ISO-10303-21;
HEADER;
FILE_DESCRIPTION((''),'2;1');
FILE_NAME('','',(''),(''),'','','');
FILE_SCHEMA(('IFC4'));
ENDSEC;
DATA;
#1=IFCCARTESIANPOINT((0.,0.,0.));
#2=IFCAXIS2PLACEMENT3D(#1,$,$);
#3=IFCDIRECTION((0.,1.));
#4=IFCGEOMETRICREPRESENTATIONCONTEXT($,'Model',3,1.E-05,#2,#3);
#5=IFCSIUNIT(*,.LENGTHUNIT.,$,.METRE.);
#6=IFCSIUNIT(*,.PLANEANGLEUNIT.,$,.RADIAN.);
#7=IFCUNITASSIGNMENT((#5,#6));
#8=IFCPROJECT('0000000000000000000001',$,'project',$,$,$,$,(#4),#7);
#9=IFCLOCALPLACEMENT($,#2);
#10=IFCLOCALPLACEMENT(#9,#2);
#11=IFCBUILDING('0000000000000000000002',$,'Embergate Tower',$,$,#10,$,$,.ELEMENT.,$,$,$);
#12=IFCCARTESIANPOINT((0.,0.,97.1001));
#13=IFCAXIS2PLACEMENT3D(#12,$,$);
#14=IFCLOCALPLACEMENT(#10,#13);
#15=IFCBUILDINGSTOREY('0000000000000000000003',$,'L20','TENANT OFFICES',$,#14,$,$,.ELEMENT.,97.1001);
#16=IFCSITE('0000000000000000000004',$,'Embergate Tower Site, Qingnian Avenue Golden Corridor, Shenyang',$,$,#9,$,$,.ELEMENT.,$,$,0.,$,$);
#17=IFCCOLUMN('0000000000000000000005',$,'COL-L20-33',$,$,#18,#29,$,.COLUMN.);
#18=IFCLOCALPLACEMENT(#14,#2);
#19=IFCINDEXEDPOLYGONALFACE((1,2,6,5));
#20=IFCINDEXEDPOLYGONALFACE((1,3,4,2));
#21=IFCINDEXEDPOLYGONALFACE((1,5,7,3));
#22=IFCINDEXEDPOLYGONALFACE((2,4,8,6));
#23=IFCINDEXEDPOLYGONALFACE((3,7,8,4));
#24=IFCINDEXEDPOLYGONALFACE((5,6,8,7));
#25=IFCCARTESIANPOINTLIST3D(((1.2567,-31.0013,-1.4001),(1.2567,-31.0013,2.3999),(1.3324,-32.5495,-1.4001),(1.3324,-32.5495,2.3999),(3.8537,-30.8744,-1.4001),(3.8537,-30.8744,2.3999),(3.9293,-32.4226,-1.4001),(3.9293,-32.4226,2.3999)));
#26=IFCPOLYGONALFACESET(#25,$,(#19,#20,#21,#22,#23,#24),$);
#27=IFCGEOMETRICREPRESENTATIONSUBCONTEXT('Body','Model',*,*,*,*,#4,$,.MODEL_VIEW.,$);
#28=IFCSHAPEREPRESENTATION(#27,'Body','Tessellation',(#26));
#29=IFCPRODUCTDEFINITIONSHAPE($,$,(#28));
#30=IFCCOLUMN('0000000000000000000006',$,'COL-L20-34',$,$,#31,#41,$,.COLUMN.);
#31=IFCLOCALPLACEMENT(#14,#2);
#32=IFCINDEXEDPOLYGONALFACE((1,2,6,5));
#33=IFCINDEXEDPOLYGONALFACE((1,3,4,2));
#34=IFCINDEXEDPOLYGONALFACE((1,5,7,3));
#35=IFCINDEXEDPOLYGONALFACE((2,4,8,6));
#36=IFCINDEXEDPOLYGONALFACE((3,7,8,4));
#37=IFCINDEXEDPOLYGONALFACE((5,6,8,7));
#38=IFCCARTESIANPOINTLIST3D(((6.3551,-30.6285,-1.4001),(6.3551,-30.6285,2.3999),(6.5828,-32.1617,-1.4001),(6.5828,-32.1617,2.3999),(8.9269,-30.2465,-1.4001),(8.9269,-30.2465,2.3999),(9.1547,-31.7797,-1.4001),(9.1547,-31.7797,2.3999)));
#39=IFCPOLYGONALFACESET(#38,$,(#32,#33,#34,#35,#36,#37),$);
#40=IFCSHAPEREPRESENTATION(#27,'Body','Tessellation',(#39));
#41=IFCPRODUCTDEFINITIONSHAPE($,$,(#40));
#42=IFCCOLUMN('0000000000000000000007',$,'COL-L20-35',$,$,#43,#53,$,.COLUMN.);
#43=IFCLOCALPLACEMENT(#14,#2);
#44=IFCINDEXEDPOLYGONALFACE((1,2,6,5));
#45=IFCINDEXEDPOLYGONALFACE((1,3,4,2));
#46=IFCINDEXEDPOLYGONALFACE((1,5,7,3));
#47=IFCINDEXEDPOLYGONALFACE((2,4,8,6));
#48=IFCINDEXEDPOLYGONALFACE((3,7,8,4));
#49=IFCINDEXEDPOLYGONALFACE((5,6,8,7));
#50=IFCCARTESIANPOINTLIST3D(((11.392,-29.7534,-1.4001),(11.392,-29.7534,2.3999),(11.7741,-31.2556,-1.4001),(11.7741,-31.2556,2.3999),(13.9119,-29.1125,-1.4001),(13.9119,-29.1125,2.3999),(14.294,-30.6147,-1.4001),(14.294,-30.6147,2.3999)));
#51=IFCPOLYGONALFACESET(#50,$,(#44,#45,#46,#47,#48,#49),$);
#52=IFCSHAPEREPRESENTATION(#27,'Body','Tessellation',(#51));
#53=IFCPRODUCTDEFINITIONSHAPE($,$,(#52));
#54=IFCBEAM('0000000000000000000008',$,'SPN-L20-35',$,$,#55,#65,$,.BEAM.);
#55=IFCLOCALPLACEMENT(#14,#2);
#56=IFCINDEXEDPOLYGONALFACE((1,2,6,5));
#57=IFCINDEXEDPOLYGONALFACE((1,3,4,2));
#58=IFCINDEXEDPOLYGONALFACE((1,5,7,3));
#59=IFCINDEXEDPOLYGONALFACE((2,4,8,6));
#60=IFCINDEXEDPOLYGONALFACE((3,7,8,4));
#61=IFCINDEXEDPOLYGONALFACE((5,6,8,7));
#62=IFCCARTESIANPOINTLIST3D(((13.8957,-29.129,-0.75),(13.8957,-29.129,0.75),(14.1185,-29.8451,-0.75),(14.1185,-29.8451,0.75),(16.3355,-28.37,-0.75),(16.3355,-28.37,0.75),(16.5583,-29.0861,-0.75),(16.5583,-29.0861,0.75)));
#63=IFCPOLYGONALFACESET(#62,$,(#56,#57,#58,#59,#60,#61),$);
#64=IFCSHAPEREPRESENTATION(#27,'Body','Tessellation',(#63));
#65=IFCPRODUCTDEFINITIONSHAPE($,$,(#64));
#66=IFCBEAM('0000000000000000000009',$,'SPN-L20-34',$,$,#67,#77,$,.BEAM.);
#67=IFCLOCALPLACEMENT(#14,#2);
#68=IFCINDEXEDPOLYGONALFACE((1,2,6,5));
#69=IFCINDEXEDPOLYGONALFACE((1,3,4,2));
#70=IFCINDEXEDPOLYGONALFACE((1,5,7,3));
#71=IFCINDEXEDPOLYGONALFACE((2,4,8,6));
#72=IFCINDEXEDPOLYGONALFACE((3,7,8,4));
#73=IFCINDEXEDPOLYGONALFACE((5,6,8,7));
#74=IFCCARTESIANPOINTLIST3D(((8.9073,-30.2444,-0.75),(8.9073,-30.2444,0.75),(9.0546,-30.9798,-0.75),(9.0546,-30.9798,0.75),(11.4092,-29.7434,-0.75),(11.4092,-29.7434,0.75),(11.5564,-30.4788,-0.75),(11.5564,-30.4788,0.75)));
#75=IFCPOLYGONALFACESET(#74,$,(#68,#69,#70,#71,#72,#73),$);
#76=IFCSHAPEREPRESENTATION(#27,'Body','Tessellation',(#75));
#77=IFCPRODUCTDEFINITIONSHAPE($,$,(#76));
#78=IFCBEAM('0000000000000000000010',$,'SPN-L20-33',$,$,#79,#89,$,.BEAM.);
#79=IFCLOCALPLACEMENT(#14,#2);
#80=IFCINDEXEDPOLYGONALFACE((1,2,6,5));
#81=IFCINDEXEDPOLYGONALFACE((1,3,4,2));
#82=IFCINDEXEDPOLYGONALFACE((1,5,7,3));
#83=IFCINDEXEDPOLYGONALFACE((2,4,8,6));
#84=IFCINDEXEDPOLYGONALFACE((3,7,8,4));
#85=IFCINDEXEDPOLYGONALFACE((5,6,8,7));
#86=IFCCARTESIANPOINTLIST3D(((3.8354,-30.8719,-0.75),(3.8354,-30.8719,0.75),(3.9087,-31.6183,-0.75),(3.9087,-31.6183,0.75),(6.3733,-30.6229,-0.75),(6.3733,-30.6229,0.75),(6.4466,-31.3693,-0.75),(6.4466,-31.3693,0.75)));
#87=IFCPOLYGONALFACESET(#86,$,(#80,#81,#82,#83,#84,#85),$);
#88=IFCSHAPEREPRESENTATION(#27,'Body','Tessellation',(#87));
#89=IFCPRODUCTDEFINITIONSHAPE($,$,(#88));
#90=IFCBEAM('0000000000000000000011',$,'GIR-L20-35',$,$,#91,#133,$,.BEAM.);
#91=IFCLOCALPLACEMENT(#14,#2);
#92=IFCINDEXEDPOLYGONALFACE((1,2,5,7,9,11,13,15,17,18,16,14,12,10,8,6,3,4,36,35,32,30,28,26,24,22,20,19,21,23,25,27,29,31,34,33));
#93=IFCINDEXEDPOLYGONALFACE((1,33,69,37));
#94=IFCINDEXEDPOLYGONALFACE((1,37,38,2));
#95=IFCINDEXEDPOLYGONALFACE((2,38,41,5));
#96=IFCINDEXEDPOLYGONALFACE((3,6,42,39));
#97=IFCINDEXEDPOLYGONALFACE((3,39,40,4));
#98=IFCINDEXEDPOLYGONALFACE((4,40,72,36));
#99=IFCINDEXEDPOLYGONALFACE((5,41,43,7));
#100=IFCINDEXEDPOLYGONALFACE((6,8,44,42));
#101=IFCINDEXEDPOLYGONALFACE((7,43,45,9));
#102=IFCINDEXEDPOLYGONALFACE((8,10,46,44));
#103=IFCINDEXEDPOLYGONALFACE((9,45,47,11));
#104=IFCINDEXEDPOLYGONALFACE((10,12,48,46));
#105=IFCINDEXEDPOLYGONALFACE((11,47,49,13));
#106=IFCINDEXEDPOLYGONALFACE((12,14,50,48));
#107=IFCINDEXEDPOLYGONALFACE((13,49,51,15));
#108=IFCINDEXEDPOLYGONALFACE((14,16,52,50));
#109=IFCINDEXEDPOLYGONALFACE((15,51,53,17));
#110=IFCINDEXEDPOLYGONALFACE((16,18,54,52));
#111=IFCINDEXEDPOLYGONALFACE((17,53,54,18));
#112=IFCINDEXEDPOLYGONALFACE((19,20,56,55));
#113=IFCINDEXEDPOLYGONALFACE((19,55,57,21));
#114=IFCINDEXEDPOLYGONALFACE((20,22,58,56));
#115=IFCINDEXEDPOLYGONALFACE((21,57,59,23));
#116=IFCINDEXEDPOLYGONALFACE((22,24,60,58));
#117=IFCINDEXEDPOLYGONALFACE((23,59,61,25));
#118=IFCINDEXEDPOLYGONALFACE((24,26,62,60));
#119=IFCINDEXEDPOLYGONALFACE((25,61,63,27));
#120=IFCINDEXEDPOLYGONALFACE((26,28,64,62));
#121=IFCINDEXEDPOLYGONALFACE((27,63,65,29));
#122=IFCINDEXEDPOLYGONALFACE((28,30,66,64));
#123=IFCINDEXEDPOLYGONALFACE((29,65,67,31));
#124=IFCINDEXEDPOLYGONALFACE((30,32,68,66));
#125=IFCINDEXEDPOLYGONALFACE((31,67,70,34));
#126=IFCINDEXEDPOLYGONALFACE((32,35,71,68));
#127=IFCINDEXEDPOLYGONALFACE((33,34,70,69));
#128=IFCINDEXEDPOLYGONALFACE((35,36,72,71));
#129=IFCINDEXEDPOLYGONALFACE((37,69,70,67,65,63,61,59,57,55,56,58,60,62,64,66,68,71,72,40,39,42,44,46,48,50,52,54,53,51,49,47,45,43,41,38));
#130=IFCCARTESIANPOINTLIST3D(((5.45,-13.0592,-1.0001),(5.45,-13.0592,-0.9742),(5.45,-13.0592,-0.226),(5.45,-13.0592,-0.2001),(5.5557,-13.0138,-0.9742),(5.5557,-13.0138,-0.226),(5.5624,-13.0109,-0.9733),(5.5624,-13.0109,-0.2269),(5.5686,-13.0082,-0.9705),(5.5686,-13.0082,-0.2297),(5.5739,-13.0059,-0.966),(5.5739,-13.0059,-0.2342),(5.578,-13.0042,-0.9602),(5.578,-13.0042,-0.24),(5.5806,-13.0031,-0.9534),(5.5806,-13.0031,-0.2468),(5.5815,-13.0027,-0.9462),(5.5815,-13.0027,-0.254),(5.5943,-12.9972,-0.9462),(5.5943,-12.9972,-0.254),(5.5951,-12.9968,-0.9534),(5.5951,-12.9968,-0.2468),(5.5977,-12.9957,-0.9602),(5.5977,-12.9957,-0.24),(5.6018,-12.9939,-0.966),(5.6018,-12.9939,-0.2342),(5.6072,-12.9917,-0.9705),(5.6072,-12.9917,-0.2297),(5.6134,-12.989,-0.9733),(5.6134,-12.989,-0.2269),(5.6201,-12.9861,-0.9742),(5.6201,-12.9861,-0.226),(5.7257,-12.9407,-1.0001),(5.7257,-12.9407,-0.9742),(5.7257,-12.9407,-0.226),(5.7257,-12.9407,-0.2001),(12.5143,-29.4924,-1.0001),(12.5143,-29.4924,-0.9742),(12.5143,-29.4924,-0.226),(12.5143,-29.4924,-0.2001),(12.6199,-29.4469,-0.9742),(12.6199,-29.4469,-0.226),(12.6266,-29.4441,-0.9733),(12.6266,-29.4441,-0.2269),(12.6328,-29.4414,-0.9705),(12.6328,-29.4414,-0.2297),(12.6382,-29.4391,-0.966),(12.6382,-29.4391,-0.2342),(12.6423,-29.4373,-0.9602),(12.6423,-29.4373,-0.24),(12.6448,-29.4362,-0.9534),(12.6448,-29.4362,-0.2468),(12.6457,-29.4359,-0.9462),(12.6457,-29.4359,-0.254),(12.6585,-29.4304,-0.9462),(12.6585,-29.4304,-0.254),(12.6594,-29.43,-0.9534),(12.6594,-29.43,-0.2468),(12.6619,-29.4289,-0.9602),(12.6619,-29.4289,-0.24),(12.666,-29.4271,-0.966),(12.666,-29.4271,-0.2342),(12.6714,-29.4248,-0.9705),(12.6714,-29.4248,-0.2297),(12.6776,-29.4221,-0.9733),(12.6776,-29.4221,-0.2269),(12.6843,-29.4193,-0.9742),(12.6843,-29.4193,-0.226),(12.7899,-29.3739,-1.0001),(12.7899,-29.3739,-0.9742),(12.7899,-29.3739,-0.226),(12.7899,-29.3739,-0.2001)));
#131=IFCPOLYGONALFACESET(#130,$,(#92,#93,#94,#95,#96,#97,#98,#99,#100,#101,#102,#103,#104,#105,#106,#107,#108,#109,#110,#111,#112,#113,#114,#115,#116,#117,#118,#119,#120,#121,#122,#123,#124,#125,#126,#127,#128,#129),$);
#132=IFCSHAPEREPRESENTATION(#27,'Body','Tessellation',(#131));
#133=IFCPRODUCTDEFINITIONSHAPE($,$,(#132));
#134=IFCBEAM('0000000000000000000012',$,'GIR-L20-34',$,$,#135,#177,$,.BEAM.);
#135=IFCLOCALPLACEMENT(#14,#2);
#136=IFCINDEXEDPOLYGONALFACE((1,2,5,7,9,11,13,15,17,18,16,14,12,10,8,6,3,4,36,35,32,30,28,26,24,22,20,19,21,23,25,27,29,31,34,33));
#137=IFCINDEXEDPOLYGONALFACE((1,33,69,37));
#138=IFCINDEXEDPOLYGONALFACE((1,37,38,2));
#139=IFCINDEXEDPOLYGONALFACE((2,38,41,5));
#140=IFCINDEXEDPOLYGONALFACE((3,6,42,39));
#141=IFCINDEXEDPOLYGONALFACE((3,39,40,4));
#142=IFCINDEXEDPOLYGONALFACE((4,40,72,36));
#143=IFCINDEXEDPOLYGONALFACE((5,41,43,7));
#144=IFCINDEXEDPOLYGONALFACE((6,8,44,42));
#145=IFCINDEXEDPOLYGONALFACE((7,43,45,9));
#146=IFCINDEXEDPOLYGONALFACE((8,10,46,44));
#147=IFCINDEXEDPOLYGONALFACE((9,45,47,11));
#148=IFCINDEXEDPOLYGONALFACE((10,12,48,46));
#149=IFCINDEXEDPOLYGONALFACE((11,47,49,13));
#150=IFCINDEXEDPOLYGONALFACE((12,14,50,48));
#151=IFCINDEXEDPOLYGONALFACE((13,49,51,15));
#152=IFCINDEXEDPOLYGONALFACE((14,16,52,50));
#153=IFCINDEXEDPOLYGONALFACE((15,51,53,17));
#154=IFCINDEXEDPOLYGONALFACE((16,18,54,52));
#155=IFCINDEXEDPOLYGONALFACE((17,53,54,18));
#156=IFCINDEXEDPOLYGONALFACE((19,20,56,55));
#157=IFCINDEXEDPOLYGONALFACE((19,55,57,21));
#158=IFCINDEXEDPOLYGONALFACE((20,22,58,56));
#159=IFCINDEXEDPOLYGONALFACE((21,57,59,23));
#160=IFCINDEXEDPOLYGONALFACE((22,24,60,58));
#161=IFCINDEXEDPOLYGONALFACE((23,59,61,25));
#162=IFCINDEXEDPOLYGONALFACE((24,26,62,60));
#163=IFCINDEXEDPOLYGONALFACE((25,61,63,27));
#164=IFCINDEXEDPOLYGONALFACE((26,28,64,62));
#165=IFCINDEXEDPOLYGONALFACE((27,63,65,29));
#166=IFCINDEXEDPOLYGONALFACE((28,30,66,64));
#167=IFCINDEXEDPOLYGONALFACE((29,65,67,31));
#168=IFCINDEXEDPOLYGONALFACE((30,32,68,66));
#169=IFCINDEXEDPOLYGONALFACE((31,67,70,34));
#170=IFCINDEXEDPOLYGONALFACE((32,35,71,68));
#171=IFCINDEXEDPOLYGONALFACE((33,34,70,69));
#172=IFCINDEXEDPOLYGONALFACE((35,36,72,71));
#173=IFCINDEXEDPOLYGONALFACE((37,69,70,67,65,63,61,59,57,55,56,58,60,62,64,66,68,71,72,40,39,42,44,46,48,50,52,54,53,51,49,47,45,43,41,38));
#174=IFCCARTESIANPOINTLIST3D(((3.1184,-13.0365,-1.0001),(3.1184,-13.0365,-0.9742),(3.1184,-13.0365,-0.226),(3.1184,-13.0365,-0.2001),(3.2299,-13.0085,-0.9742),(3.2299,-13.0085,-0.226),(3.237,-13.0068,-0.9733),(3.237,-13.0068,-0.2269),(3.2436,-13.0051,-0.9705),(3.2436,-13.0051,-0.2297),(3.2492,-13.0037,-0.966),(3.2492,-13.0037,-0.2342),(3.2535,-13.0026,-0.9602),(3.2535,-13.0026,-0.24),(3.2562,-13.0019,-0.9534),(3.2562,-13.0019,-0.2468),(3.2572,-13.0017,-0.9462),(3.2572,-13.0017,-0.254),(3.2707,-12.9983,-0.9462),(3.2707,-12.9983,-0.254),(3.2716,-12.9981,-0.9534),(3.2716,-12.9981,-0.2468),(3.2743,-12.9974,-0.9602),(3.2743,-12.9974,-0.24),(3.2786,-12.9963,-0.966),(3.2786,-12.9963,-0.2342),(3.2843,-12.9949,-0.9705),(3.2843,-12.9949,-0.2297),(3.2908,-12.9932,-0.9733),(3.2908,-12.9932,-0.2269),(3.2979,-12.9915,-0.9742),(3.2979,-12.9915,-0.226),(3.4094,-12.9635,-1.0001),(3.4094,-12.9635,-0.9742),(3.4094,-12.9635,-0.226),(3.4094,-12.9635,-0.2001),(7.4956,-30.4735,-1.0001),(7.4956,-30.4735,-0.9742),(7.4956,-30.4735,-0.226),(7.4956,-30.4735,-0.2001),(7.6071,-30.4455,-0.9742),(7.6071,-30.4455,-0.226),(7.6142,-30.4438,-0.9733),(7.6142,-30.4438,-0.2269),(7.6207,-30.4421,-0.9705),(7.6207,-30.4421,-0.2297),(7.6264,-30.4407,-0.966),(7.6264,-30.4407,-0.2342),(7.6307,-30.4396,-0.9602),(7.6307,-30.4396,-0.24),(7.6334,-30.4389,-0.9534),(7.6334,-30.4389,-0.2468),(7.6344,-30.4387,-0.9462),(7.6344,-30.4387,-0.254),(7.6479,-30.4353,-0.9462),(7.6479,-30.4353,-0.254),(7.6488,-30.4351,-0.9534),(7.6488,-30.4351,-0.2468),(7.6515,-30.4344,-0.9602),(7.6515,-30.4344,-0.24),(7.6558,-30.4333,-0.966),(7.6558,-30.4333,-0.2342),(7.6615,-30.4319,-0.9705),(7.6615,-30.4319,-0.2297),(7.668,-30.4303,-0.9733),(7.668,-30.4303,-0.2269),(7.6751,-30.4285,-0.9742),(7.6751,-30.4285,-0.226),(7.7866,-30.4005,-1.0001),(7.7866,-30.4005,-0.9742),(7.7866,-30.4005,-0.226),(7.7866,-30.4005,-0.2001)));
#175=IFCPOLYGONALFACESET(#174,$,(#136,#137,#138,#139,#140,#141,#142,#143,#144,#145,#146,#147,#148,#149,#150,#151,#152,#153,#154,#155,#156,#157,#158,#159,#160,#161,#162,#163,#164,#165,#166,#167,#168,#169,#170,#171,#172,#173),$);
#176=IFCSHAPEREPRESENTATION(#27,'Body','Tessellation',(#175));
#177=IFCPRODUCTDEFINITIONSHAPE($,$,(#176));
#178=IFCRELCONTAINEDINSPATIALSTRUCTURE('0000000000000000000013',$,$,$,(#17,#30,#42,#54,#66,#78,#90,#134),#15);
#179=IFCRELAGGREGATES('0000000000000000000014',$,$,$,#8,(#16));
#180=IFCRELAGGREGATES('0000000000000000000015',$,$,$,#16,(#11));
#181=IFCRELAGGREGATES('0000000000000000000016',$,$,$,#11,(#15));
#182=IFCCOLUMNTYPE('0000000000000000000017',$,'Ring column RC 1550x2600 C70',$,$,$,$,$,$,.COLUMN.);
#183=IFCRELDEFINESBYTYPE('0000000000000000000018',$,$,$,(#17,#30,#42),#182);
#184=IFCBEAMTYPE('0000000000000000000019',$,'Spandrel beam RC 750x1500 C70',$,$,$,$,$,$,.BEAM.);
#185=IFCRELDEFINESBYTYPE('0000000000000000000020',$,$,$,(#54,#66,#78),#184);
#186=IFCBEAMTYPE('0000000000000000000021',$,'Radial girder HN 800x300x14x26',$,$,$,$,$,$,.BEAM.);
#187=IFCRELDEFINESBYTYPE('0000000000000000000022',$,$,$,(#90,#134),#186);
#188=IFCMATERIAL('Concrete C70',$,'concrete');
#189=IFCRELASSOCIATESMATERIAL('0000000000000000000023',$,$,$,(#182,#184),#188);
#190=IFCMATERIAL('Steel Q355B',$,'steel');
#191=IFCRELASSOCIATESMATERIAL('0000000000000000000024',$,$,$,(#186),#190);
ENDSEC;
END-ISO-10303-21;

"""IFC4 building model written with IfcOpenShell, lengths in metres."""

from ifc_helpers import new_model, si_unit, direction, frame, origin, origin_2d, place, context, subcontext, project, spatial, rectangle, i_section, extrude, source, transform, mapped, material, material_profile, profile_set, type_object, element, save


model = new_model("IFC4")

# Units and contexts
model_context = context("Model", 3, precision=1e-05, world=origin(), true_north=direction((0.0, 1.0)))
body_context = subcontext(model_context, "Body", "Model", "MODEL_VIEW")
ifc_project = project(units=[si_unit("LENGTHUNIT", "METRE"), si_unit("PLANEANGLEUNIT", "RADIAN")], contexts=[model_context])

# Site, building, storey
site_placement = place(None, origin())
site = spatial("IfcSite", under=ifc_project, at=site_placement, Name="Embergate Tower Site, Qingnian Avenue Golden Corridor, Shenyang", CompositionType="ELEMENT", RefElevation=0.0)
building_placement = place(site_placement, origin())
building = spatial("IfcBuilding", under=site, at=building_placement, Name="Embergate Tower", CompositionType="ELEMENT")
storey_placement = place(building_placement, frame((0.0, 0.0, 97.1001)))
storey = spatial("IfcBuildingStorey", under=building, at=storey_placement, Name="L20", Description="TENANT OFFICES", CompositionType="ELEMENT", Elevation=97.1001)

# Columns
ifc_material_1 = material(Name="Concrete C70", Category="concrete")
ifc_material_profile_1 = material_profile(ifc_material_1, rectangle(XDim=1.55, YDim=2.6001, at=origin_2d()), Name="RC 1550x2600")
ifc_profile_set_1 = profile_set([ifc_material_profile_1], Name="Concrete C70")
column_type = type_object("IfcColumnType", Name="Ring column RC 1550x2600 C70", PredefinedType="COLUMN", material=ifc_profile_set_1)
shared_shape_1 = source(origin(), body_context, "Body", "SweptSolid", [
    extrude(rectangle(XDim=1.55, YDim=2.6001, at=origin_2d()), origin(), (0.0, 0.0, 1.0), 3.8),
])
for number, where, z_axis, x_axis, name in (
    (1, (2.593, -31.7119, -1.4001), (0.0, 0.0, 1.0), (0.048815, -0.998808, 0.0), "COL-L20-33"),
    (2, (7.7549, -31.2041, -1.4001), (0.0, 0.0, 1.0), (0.146929, -0.989147, 0.0), "COL-L20-34"),
    (3, (12.843, -30.1841, -1.4001), (0.0, 0.0, 1.0), (0.246492, -0.969145, 0.0), "COL-L20-35"),
):
    element("IfcColumn", number, at=place(storey_placement, frame(where, z_axis=z_axis, x_axis=x_axis)), inside=storey, type_object=column_type, Name=name, PredefinedType="COLUMN", context=body_context, shape_type="MappedRepresentation", body=[
        mapped(shared_shape_1, transform((0.0, 0.0, 0.0))),
    ])

# Beams
ifc_material_profile_2 = material_profile(ifc_material_1, rectangle(XDim=0.75, YDim=1.5, at=origin_2d()), Name="RC 750x1500")
ifc_profile_set_2 = profile_set([ifc_material_profile_2], Name="Concrete C70")
beam_type_1 = type_object("IfcBeamType", Name="Spandrel beam RC 750x1500 C70", PredefinedType="BEAM", material=ifc_profile_set_2)
shared_shape_2 = source(origin(), body_context, "Body", "SweptSolid", [
    extrude(rectangle(XDim=0.75, YDim=1.5, at=origin_2d()), origin(), (0.0, 0.0, 1.0), 2.5552),
])
beam_1_placement = place(storey_placement, frame((14.0071, -29.4871, 0.0), z_axis=(0.954863, 0.297045, 0.0), x_axis=(-0.297045, 0.954863, 0.0)))
element("IfcBeam", 4, at=beam_1_placement, inside=storey, type_object=beam_type_1, Name="SPN-L20-35", PredefinedType="BEAM", context=body_context, shape_type="MappedRepresentation", body=[
    mapped(shared_shape_2, transform((0.0, 0.0, 0.0))),
])
shared_shape_3 = source(origin(), body_context, "Body", "SweptSolid", [
    extrude(rectangle(XDim=0.75, YDim=1.5, at=origin_2d()), origin(), (0.0, 0.0, 1.0), 2.5515),
])
beam_2_placement = place(storey_placement, frame((8.981, -30.6121, 0.0), z_axis=(0.980536, 0.196337, 0.0), x_axis=(-0.196337, 0.980536, 0.0)))
element("IfcBeam", 5, at=beam_2_placement, inside=storey, type_object=beam_type_1, Name="SPN-L20-34", PredefinedType="BEAM", context=body_context, shape_type="MappedRepresentation", body=[
    mapped(shared_shape_3, transform((0.0, 0.0, 0.0))),
])
shared_shape_4 = source(origin(), body_context, "Body", "SweptSolid", [
    extrude(rectangle(XDim=0.75, YDim=1.5, at=origin_2d()), origin(), (0.0, 0.0, 1.0), 2.55),
])
beam_3_placement = place(storey_placement, frame((3.8721, -31.2451, 0.0), z_axis=(0.99522, 0.097655, 0.0), x_axis=(-0.097655, 0.99522, 0.0)))
element("IfcBeam", 6, at=beam_3_placement, inside=storey, type_object=beam_type_1, Name="SPN-L20-33", PredefinedType="BEAM", context=body_context, shape_type="MappedRepresentation", body=[
    mapped(shared_shape_4, transform((0.0, 0.0, 0.0))),
])
ifc_material_2 = material(Name="Steel Q355B", Category="steel")
ifc_material_profile_3 = material_profile(ifc_material_2, i_section(OverallWidth=0.3, OverallDepth=0.8, WebThickness=0.0139, FlangeThickness=0.0259, FilletRadius=0.0281, at=origin_2d()), Name="HN 800x300x14x26")
ifc_profile_set_3 = profile_set([ifc_material_profile_3], Name="Steel Q355 grade B")
beam_type_2 = type_object("IfcBeamType", Name="Radial girder HN 800x300x14x26", PredefinedType="BEAM", material=ifc_profile_set_3)
shared_shape_5 = source(origin(), body_context, "Body", "SweptSolid", [
    extrude(i_section(OverallWidth=0.3, OverallDepth=0.8, WebThickness=0.0139, FlangeThickness=0.0259, FilletRadius=0.0281, at=origin_2d()), origin(), (0.0, 0.0, 1.0), 17.8872),
])
beam_4_placement = place(storey_placement, frame((12.6521, -29.4331, -0.6001), z_axis=(-0.394932, 0.91871, 0.0), x_axis=(-0.91871, -0.394932, 0.0)))
element("IfcBeam", 7, at=beam_4_placement, inside=storey, type_object=beam_type_2, Name="GIR-L20-35", PredefinedType="BEAM", context=body_context, shape_type="MappedRepresentation", body=[
    mapped(shared_shape_5, transform((0.0, 0.0, 0.0))),
])
shared_shape_6 = source(origin(), body_context, "Body", "SweptSolid", [
    extrude(i_section(OverallWidth=0.3, OverallDepth=0.8, WebThickness=0.0139, FlangeThickness=0.0259, FilletRadius=0.0281, at=origin_2d()), origin(), (0.0, 0.0, 1.0), 17.978),
])
beam_5_placement = place(storey_placement, frame((7.6411, -30.437, -0.6001), z_axis=(-0.243475, 0.969907, 0.0), x_axis=(-0.969907, -0.243475, 0.0)))
element("IfcBeam", 8, at=beam_5_placement, inside=storey, type_object=beam_type_2, Name="GIR-L20-34", PredefinedType="BEAM", context=body_context, shape_type="MappedRepresentation", body=[
    mapped(shared_shape_6, transform((0.0, 0.0, 0.0))),
])

save(model, "model.ifc")
